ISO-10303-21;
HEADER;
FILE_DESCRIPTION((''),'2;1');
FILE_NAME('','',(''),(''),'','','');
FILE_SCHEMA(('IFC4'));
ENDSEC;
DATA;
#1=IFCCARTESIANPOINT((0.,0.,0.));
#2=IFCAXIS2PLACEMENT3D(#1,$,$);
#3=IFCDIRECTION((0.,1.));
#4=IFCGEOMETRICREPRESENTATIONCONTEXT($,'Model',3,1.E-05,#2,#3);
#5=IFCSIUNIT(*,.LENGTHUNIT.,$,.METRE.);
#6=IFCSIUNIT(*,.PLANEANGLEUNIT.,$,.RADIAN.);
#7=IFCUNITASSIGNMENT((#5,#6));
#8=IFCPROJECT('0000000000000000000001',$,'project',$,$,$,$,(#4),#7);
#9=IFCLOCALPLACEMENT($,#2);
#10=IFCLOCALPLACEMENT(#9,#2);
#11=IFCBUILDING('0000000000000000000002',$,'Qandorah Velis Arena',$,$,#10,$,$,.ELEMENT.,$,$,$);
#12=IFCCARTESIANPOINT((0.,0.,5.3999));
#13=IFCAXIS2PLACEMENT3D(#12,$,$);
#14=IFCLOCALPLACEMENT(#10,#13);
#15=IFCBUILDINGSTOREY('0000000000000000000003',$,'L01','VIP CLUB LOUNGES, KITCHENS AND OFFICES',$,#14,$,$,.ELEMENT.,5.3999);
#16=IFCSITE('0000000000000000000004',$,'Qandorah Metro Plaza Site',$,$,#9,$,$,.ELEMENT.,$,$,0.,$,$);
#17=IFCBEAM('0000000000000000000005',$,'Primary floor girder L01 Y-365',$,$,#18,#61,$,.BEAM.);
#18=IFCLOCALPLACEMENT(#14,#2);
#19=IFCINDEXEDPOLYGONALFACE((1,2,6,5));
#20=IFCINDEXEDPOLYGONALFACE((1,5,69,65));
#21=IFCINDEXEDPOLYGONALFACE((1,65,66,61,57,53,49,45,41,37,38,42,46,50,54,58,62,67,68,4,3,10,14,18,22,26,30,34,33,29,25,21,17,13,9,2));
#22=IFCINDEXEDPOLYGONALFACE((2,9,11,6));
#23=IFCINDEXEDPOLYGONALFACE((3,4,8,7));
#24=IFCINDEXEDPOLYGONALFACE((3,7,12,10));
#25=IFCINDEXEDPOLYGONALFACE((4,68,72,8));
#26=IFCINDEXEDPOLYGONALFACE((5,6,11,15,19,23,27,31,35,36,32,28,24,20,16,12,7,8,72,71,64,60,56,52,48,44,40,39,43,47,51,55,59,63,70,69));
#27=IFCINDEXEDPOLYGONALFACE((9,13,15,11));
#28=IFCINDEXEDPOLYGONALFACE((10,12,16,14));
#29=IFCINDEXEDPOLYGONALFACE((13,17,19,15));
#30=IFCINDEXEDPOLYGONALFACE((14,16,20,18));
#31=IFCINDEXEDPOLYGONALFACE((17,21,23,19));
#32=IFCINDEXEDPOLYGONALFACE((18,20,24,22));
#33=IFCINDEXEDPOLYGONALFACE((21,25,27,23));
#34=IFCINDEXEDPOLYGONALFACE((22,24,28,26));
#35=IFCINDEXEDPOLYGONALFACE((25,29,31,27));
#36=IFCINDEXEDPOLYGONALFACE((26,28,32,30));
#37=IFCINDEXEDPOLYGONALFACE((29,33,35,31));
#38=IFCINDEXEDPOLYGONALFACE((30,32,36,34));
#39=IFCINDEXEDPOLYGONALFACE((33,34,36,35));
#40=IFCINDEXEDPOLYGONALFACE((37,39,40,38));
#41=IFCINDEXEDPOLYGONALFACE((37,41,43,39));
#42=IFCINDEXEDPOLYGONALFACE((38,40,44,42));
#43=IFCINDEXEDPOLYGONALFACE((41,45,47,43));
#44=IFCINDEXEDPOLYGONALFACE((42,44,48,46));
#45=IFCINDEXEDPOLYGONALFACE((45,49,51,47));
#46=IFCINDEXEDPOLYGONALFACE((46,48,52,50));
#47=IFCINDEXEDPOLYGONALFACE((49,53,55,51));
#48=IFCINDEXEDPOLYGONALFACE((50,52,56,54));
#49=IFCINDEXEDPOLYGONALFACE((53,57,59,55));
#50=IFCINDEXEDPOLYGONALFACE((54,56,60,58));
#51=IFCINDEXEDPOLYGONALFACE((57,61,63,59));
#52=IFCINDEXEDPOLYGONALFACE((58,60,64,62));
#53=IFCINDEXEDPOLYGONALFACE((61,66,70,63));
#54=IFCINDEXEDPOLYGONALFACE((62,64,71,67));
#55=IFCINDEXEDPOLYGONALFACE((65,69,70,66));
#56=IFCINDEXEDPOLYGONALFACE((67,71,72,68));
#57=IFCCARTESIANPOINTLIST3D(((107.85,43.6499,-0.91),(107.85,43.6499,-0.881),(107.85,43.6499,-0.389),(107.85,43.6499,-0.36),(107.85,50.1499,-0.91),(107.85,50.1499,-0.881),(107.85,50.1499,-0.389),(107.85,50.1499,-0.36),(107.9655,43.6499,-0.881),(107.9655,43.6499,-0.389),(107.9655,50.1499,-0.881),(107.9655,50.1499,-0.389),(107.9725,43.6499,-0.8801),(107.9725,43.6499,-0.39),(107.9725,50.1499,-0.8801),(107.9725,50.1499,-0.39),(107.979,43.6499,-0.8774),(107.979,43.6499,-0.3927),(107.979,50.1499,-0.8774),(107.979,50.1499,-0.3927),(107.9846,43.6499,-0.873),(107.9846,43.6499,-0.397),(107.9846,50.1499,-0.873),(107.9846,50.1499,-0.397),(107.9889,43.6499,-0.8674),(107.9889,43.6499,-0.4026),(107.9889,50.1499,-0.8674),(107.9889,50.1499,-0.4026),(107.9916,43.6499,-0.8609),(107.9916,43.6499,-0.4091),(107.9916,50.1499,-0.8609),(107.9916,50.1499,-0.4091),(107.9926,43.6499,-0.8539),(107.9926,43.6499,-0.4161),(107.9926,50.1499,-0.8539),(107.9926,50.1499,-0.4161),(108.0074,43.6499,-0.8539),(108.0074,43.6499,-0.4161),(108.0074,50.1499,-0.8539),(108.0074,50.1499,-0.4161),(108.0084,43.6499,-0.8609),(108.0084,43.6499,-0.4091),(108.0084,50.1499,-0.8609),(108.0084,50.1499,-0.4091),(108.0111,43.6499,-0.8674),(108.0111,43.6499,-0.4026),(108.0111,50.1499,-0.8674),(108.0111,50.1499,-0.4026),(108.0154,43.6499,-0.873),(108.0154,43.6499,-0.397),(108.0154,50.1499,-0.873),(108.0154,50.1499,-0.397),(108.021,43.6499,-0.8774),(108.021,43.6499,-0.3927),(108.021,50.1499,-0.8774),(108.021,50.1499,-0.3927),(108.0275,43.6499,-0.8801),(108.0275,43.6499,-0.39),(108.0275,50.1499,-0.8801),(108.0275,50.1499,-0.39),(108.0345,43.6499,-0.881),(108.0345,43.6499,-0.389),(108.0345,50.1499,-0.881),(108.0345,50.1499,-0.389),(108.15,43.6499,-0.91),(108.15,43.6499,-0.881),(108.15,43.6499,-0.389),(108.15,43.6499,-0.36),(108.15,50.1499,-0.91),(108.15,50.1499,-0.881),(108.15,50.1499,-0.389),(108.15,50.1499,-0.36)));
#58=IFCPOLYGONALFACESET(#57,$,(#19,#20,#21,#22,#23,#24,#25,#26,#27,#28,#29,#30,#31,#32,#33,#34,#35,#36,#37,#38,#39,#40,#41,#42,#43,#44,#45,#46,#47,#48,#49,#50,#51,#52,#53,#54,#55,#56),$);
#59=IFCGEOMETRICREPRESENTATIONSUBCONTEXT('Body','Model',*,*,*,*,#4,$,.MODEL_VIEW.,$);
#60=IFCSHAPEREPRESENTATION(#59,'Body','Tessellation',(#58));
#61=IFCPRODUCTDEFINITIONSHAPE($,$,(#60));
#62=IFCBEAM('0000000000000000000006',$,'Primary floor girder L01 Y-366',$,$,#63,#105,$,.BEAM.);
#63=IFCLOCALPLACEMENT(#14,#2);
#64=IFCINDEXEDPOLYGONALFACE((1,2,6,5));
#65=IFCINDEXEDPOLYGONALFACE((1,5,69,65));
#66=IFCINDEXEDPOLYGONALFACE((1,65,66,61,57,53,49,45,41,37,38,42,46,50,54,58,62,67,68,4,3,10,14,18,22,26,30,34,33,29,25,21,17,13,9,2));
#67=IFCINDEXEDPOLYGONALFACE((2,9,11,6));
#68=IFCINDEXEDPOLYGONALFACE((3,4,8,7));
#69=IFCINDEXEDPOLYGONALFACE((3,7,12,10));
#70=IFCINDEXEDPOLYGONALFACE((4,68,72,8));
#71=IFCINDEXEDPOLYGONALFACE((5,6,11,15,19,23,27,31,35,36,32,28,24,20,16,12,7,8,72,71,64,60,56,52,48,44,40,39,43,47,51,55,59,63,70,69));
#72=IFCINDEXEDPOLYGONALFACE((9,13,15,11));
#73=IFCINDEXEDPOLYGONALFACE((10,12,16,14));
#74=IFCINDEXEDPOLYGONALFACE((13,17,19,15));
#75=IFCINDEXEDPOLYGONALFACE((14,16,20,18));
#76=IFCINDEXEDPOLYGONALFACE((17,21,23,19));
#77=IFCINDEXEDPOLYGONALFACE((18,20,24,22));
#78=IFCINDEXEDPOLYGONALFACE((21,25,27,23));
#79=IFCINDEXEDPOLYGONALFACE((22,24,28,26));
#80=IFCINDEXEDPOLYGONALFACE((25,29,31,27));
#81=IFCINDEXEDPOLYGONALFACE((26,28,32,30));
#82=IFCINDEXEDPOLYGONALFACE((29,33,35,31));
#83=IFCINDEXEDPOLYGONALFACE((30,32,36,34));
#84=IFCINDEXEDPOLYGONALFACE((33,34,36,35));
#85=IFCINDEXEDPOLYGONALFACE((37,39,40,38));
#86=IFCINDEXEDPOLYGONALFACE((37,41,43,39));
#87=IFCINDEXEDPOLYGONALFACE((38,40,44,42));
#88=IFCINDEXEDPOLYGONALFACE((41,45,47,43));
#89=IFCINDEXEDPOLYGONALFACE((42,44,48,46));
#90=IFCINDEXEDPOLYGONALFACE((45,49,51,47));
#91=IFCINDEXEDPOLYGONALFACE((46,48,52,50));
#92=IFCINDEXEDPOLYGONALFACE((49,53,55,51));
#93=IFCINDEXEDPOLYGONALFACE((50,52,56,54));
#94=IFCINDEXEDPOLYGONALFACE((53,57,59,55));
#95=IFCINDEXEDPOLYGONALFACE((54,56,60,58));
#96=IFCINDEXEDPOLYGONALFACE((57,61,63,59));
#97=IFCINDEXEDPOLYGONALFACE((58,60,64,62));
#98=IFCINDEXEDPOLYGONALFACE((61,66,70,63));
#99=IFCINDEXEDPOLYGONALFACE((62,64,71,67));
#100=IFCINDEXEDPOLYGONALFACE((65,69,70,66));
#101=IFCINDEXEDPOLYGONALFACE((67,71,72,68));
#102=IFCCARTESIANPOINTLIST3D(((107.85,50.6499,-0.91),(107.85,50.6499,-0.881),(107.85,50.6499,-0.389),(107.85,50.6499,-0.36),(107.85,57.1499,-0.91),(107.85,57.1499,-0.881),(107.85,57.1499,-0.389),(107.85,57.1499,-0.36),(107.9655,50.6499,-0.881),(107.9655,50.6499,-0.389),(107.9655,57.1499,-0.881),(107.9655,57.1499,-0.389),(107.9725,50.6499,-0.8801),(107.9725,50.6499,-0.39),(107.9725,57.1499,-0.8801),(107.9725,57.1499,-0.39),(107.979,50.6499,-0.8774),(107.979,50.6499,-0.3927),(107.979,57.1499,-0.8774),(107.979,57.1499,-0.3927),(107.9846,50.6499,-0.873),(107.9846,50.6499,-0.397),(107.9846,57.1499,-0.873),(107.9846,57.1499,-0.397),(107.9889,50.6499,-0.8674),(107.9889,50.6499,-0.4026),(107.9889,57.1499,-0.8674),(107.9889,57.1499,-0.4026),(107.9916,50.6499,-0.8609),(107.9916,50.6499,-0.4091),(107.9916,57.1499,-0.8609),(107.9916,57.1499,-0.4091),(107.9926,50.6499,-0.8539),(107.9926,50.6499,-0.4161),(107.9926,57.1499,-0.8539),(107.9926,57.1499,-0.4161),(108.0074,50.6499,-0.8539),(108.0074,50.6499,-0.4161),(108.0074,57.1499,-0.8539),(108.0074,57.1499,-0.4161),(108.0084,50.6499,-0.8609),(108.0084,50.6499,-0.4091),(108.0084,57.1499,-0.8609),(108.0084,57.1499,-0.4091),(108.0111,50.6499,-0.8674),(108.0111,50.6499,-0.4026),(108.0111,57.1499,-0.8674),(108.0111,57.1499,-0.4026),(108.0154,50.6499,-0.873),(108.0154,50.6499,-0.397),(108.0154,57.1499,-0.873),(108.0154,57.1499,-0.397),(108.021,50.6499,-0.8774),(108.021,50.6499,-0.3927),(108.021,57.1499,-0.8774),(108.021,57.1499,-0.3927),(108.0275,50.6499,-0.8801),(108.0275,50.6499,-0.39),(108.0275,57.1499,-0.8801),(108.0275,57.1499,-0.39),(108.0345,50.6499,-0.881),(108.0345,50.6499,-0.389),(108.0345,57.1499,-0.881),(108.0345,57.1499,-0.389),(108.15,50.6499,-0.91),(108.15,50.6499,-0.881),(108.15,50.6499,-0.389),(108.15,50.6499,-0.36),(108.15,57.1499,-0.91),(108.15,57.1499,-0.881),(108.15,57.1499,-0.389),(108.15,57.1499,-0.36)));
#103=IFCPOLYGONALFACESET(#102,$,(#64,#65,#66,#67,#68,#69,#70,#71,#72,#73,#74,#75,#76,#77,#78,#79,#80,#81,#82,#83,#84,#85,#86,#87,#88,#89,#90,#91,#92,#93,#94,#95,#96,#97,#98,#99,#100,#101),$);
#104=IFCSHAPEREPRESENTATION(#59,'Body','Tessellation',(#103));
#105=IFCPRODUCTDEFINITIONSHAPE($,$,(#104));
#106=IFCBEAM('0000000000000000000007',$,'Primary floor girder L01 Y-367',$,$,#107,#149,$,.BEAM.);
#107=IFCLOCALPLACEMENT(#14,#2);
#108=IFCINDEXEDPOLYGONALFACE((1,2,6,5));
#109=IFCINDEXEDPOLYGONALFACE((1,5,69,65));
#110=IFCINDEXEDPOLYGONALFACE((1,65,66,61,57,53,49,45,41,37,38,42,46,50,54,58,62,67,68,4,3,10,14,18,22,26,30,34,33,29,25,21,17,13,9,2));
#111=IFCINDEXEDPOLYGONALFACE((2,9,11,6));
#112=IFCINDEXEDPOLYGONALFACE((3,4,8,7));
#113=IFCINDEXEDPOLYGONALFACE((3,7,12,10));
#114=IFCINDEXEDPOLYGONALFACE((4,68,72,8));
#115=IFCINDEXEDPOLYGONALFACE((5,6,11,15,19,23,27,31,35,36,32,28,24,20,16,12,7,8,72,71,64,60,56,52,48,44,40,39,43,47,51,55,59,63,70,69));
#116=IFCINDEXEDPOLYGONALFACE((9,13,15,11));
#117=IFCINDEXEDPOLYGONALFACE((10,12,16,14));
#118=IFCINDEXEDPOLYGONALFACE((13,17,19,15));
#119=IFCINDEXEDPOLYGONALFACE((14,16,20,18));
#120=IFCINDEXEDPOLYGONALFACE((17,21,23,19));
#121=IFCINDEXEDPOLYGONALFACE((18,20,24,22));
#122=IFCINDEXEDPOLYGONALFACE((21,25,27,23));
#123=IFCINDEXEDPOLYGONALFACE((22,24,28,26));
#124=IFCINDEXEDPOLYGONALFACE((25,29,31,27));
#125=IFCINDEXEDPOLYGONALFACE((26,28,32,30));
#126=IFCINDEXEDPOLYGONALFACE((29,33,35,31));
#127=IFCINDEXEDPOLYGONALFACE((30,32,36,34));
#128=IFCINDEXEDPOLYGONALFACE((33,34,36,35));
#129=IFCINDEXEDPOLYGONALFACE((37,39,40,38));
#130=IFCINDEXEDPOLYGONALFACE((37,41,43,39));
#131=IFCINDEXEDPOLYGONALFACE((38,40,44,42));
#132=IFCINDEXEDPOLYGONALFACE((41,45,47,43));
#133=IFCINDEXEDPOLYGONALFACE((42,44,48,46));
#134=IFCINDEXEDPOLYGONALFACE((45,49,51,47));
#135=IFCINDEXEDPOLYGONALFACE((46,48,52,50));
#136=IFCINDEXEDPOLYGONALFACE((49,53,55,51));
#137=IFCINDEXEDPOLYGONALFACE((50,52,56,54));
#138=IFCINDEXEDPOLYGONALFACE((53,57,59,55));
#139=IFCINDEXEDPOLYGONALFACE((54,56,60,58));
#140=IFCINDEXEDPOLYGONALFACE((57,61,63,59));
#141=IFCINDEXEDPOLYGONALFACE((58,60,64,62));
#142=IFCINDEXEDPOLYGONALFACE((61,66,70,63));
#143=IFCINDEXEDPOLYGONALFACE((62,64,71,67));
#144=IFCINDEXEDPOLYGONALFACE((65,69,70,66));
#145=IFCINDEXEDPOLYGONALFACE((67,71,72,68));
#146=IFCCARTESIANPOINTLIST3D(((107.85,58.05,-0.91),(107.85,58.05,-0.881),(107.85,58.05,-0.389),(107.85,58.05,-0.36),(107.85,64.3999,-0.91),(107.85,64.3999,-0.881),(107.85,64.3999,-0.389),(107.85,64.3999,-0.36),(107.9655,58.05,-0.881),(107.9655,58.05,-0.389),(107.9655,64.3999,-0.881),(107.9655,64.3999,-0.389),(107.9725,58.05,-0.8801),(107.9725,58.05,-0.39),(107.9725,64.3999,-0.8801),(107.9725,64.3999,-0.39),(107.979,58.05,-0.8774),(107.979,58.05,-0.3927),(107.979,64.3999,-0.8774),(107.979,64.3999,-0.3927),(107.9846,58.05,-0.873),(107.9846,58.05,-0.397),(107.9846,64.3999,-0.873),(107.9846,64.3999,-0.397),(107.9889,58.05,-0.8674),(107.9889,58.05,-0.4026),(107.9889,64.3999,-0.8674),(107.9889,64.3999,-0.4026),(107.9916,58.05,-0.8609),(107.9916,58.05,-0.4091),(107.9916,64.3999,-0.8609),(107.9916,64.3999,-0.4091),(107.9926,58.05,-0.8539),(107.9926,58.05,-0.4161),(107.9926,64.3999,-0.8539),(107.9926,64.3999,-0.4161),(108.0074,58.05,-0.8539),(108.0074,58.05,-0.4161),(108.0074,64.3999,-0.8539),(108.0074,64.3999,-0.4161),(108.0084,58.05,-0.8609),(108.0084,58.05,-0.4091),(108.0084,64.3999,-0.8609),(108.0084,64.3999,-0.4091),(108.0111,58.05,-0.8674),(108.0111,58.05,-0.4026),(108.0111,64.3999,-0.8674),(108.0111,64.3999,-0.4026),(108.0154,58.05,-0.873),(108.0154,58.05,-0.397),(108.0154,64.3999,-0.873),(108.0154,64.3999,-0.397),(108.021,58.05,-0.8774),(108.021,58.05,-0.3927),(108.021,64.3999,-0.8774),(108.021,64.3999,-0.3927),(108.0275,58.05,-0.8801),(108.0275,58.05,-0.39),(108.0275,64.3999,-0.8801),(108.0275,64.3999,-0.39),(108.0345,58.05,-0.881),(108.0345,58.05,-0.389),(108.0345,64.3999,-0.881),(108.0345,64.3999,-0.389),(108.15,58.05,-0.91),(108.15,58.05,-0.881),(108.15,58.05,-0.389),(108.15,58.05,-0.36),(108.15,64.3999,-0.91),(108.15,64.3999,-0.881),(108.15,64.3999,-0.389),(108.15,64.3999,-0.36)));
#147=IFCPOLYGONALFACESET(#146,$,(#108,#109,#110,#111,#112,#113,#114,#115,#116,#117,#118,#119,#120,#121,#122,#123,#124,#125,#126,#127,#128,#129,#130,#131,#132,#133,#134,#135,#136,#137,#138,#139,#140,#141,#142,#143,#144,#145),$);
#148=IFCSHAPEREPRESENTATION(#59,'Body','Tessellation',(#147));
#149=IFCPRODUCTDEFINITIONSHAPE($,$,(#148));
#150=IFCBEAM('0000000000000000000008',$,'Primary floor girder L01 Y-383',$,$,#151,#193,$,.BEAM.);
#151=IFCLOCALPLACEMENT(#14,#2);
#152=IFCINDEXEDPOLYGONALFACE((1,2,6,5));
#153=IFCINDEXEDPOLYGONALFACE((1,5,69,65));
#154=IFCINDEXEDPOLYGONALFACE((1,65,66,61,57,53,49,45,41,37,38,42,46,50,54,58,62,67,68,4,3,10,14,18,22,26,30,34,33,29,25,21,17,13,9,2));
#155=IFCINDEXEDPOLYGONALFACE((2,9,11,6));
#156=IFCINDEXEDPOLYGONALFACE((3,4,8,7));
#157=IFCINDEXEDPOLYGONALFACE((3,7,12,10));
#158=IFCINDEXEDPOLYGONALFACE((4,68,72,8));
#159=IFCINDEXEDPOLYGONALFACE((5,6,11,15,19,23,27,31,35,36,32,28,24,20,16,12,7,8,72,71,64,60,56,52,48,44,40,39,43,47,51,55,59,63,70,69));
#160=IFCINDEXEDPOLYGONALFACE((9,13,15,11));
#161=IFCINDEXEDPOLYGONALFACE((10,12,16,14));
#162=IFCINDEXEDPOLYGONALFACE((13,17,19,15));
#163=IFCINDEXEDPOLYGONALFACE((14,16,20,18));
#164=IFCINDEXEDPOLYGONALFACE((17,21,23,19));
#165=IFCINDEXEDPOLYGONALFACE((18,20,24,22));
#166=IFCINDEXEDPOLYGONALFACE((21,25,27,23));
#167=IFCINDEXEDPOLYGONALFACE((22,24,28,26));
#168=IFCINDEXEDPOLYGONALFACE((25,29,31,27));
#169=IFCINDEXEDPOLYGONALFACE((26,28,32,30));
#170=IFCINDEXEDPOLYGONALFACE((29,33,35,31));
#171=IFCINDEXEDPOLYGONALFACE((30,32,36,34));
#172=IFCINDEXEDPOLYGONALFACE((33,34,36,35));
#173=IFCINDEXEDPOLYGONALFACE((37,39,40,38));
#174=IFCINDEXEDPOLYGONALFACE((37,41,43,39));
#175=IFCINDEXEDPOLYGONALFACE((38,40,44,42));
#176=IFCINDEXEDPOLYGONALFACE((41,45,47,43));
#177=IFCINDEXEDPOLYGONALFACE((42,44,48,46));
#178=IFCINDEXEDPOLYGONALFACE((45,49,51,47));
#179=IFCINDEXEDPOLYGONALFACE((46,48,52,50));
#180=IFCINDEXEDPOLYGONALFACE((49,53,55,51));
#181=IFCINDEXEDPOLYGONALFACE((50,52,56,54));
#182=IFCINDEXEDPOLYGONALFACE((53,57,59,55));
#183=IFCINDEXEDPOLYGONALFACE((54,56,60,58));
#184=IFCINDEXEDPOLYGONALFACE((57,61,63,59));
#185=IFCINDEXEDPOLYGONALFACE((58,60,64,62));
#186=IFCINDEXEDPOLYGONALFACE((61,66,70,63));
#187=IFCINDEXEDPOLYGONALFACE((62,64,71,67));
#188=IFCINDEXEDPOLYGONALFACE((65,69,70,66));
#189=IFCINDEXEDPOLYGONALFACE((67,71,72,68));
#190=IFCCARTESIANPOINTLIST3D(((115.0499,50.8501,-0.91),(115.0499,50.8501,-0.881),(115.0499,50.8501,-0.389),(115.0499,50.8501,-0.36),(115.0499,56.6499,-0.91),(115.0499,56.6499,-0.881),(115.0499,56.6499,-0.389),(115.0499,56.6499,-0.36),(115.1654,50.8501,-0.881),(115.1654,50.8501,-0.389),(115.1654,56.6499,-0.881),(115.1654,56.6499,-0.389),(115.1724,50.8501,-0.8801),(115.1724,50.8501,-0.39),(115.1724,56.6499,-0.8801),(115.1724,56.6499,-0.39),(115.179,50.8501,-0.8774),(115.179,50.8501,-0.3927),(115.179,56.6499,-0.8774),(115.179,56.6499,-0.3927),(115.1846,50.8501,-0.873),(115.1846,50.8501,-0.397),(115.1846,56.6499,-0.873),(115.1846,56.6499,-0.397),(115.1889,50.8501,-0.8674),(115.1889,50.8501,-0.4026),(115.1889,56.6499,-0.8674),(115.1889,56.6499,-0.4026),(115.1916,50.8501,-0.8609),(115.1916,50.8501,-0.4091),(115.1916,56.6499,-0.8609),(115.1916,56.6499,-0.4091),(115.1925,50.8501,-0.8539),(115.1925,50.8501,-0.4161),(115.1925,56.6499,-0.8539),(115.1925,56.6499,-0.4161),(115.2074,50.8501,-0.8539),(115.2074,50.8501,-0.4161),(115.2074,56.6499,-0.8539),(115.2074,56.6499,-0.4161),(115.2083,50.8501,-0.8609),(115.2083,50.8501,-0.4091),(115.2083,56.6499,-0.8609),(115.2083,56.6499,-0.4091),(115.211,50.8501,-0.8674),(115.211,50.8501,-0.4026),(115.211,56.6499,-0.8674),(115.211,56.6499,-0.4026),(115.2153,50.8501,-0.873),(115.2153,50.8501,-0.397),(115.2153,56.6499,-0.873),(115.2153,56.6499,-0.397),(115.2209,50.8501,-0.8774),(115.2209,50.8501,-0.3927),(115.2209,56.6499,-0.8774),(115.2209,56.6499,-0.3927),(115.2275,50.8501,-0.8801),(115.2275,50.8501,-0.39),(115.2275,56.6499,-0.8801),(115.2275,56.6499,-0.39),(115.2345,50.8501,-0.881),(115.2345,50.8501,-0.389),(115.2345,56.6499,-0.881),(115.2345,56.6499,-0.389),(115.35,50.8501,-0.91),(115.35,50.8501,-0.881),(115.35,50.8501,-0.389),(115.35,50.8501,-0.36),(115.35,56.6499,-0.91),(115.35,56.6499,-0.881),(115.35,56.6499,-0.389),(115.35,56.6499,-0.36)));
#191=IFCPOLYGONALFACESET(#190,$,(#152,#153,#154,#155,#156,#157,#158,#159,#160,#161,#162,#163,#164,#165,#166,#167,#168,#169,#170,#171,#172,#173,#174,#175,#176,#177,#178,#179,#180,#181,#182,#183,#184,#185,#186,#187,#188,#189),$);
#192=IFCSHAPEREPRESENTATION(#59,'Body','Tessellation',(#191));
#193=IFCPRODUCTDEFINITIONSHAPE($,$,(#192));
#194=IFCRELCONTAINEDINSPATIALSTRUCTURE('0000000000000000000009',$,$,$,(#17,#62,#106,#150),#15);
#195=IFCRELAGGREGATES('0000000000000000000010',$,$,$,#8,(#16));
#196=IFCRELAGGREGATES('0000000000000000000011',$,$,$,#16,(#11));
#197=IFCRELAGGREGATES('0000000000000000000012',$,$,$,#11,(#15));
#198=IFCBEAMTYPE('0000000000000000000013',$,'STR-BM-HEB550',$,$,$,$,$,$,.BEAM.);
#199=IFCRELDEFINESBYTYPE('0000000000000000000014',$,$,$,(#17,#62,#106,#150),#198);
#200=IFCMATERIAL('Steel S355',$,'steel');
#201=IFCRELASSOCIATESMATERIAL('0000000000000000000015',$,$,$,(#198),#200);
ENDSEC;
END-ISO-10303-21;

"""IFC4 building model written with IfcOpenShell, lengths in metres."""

from ifc_helpers import new_model, si_unit, direction, frame, origin, origin_2d, place, context, subcontext, project, spatial, i_section, extrude, material, material_profile, profile_set, type_object, element, save


model = new_model("IFC4")

# Units and contexts
model_context = context("Model", 3, precision=1e-05, world=origin(), true_north=direction((0.0, 1.0)))
body_context = subcontext(model_context, "Body", "Model", "MODEL_VIEW")
ifc_project = project(units=[si_unit("LENGTHUNIT", "METRE"), si_unit("PLANEANGLEUNIT", "RADIAN")], contexts=[model_context])

# Site, building, storey
site_placement = place(None, origin())
site = spatial("IfcSite", under=ifc_project, at=site_placement, Name="Qandorah Metro Plaza Site", CompositionType="ELEMENT", RefElevation=0.0)
building_placement = place(site_placement, origin())
building = spatial("IfcBuilding", under=site, at=building_placement, Name="Qandorah Velis Arena", CompositionType="ELEMENT")
storey_placement = place(building_placement, frame((0.0, 0.0, 5.3999)))
storey = spatial("IfcBuildingStorey", under=building, at=storey_placement, Name="L01", Description="VIP CLUB LOUNGES, KITCHENS AND OFFICES", CompositionType="ELEMENT", Elevation=5.3999)

# Beams
ifc_material_1 = material(Name="Steel S355", Category="steel")
ifc_material_profile_1 = material_profile(ifc_material_1, i_section(OverallWidth=0.3, OverallDepth=0.55, WebThickness=0.0149, FlangeThickness=0.0291, FilletRadius=0.0271, at=origin_2d()), Name="HEB 550")
ifc_profile_set_1 = profile_set([ifc_material_profile_1], Name="Steel S355")
beam_type_1 = type_object("IfcBeamType", Name="STR-BM-HEB550", PredefinedType="BEAM", material=ifc_profile_set_1)
for number, where, z_axis, x_axis, name in (
    (1, (108.0, 43.6499, -0.635), (0.0, 1.0, 0.0), (-1.0, 0.0, 0.0), "Primary floor girder L01 Y-365"),
    (2, (108.0, 50.6499, -0.635), (0.0, 1.0, 0.0), (-1.0, 0.0, 0.0), "Primary floor girder L01 Y-366"),
):
    element("IfcBeam", number, at=place(storey_placement, frame(where, z_axis=z_axis, x_axis=x_axis)), inside=storey, type_object=beam_type_1, Name=name, PredefinedType="BEAM", context=body_context, shape_type="SweptSolid", body=[
        extrude(i_section(OverallWidth=0.3, OverallDepth=0.55, WebThickness=0.0149, FlangeThickness=0.0291, FilletRadius=0.0271, at=origin_2d()), origin(), (0.0, 0.0, 1.0), 6.5),
    ])
beam_1_placement = place(storey_placement, frame((108.0, 58.05, -0.635), z_axis=(0.0, 1.0, 0.0), x_axis=(-1.0, 0.0, 0.0)))
element("IfcBeam", 3, at=beam_1_placement, inside=storey, type_object=beam_type_1, Name="Primary floor girder L01 Y-367", PredefinedType="BEAM", context=body_context, shape_type="SweptSolid", body=[
    extrude(i_section(OverallWidth=0.3, OverallDepth=0.55, WebThickness=0.0149, FlangeThickness=0.0291, FilletRadius=0.0271, at=origin_2d()), origin(), (0.0, 0.0, 1.0), 6.3499),
])
beam_2_placement = place(storey_placement, frame((115.2, 50.8501, -0.635), z_axis=(0.0, 1.0, 0.0), x_axis=(-1.0, 0.0, 0.0)))
element("IfcBeam", 4, at=beam_2_placement, inside=storey, type_object=beam_type_1, Name="Primary floor girder L01 Y-383", PredefinedType="BEAM", context=body_context, shape_type="SweptSolid", body=[
    extrude(i_section(OverallWidth=0.3, OverallDepth=0.55, WebThickness=0.0149, FlangeThickness=0.0291, FilletRadius=0.0271, at=origin_2d()), origin(), (0.0, 0.0, 1.0), 5.7998),
])

save(model, "model.ifc")
